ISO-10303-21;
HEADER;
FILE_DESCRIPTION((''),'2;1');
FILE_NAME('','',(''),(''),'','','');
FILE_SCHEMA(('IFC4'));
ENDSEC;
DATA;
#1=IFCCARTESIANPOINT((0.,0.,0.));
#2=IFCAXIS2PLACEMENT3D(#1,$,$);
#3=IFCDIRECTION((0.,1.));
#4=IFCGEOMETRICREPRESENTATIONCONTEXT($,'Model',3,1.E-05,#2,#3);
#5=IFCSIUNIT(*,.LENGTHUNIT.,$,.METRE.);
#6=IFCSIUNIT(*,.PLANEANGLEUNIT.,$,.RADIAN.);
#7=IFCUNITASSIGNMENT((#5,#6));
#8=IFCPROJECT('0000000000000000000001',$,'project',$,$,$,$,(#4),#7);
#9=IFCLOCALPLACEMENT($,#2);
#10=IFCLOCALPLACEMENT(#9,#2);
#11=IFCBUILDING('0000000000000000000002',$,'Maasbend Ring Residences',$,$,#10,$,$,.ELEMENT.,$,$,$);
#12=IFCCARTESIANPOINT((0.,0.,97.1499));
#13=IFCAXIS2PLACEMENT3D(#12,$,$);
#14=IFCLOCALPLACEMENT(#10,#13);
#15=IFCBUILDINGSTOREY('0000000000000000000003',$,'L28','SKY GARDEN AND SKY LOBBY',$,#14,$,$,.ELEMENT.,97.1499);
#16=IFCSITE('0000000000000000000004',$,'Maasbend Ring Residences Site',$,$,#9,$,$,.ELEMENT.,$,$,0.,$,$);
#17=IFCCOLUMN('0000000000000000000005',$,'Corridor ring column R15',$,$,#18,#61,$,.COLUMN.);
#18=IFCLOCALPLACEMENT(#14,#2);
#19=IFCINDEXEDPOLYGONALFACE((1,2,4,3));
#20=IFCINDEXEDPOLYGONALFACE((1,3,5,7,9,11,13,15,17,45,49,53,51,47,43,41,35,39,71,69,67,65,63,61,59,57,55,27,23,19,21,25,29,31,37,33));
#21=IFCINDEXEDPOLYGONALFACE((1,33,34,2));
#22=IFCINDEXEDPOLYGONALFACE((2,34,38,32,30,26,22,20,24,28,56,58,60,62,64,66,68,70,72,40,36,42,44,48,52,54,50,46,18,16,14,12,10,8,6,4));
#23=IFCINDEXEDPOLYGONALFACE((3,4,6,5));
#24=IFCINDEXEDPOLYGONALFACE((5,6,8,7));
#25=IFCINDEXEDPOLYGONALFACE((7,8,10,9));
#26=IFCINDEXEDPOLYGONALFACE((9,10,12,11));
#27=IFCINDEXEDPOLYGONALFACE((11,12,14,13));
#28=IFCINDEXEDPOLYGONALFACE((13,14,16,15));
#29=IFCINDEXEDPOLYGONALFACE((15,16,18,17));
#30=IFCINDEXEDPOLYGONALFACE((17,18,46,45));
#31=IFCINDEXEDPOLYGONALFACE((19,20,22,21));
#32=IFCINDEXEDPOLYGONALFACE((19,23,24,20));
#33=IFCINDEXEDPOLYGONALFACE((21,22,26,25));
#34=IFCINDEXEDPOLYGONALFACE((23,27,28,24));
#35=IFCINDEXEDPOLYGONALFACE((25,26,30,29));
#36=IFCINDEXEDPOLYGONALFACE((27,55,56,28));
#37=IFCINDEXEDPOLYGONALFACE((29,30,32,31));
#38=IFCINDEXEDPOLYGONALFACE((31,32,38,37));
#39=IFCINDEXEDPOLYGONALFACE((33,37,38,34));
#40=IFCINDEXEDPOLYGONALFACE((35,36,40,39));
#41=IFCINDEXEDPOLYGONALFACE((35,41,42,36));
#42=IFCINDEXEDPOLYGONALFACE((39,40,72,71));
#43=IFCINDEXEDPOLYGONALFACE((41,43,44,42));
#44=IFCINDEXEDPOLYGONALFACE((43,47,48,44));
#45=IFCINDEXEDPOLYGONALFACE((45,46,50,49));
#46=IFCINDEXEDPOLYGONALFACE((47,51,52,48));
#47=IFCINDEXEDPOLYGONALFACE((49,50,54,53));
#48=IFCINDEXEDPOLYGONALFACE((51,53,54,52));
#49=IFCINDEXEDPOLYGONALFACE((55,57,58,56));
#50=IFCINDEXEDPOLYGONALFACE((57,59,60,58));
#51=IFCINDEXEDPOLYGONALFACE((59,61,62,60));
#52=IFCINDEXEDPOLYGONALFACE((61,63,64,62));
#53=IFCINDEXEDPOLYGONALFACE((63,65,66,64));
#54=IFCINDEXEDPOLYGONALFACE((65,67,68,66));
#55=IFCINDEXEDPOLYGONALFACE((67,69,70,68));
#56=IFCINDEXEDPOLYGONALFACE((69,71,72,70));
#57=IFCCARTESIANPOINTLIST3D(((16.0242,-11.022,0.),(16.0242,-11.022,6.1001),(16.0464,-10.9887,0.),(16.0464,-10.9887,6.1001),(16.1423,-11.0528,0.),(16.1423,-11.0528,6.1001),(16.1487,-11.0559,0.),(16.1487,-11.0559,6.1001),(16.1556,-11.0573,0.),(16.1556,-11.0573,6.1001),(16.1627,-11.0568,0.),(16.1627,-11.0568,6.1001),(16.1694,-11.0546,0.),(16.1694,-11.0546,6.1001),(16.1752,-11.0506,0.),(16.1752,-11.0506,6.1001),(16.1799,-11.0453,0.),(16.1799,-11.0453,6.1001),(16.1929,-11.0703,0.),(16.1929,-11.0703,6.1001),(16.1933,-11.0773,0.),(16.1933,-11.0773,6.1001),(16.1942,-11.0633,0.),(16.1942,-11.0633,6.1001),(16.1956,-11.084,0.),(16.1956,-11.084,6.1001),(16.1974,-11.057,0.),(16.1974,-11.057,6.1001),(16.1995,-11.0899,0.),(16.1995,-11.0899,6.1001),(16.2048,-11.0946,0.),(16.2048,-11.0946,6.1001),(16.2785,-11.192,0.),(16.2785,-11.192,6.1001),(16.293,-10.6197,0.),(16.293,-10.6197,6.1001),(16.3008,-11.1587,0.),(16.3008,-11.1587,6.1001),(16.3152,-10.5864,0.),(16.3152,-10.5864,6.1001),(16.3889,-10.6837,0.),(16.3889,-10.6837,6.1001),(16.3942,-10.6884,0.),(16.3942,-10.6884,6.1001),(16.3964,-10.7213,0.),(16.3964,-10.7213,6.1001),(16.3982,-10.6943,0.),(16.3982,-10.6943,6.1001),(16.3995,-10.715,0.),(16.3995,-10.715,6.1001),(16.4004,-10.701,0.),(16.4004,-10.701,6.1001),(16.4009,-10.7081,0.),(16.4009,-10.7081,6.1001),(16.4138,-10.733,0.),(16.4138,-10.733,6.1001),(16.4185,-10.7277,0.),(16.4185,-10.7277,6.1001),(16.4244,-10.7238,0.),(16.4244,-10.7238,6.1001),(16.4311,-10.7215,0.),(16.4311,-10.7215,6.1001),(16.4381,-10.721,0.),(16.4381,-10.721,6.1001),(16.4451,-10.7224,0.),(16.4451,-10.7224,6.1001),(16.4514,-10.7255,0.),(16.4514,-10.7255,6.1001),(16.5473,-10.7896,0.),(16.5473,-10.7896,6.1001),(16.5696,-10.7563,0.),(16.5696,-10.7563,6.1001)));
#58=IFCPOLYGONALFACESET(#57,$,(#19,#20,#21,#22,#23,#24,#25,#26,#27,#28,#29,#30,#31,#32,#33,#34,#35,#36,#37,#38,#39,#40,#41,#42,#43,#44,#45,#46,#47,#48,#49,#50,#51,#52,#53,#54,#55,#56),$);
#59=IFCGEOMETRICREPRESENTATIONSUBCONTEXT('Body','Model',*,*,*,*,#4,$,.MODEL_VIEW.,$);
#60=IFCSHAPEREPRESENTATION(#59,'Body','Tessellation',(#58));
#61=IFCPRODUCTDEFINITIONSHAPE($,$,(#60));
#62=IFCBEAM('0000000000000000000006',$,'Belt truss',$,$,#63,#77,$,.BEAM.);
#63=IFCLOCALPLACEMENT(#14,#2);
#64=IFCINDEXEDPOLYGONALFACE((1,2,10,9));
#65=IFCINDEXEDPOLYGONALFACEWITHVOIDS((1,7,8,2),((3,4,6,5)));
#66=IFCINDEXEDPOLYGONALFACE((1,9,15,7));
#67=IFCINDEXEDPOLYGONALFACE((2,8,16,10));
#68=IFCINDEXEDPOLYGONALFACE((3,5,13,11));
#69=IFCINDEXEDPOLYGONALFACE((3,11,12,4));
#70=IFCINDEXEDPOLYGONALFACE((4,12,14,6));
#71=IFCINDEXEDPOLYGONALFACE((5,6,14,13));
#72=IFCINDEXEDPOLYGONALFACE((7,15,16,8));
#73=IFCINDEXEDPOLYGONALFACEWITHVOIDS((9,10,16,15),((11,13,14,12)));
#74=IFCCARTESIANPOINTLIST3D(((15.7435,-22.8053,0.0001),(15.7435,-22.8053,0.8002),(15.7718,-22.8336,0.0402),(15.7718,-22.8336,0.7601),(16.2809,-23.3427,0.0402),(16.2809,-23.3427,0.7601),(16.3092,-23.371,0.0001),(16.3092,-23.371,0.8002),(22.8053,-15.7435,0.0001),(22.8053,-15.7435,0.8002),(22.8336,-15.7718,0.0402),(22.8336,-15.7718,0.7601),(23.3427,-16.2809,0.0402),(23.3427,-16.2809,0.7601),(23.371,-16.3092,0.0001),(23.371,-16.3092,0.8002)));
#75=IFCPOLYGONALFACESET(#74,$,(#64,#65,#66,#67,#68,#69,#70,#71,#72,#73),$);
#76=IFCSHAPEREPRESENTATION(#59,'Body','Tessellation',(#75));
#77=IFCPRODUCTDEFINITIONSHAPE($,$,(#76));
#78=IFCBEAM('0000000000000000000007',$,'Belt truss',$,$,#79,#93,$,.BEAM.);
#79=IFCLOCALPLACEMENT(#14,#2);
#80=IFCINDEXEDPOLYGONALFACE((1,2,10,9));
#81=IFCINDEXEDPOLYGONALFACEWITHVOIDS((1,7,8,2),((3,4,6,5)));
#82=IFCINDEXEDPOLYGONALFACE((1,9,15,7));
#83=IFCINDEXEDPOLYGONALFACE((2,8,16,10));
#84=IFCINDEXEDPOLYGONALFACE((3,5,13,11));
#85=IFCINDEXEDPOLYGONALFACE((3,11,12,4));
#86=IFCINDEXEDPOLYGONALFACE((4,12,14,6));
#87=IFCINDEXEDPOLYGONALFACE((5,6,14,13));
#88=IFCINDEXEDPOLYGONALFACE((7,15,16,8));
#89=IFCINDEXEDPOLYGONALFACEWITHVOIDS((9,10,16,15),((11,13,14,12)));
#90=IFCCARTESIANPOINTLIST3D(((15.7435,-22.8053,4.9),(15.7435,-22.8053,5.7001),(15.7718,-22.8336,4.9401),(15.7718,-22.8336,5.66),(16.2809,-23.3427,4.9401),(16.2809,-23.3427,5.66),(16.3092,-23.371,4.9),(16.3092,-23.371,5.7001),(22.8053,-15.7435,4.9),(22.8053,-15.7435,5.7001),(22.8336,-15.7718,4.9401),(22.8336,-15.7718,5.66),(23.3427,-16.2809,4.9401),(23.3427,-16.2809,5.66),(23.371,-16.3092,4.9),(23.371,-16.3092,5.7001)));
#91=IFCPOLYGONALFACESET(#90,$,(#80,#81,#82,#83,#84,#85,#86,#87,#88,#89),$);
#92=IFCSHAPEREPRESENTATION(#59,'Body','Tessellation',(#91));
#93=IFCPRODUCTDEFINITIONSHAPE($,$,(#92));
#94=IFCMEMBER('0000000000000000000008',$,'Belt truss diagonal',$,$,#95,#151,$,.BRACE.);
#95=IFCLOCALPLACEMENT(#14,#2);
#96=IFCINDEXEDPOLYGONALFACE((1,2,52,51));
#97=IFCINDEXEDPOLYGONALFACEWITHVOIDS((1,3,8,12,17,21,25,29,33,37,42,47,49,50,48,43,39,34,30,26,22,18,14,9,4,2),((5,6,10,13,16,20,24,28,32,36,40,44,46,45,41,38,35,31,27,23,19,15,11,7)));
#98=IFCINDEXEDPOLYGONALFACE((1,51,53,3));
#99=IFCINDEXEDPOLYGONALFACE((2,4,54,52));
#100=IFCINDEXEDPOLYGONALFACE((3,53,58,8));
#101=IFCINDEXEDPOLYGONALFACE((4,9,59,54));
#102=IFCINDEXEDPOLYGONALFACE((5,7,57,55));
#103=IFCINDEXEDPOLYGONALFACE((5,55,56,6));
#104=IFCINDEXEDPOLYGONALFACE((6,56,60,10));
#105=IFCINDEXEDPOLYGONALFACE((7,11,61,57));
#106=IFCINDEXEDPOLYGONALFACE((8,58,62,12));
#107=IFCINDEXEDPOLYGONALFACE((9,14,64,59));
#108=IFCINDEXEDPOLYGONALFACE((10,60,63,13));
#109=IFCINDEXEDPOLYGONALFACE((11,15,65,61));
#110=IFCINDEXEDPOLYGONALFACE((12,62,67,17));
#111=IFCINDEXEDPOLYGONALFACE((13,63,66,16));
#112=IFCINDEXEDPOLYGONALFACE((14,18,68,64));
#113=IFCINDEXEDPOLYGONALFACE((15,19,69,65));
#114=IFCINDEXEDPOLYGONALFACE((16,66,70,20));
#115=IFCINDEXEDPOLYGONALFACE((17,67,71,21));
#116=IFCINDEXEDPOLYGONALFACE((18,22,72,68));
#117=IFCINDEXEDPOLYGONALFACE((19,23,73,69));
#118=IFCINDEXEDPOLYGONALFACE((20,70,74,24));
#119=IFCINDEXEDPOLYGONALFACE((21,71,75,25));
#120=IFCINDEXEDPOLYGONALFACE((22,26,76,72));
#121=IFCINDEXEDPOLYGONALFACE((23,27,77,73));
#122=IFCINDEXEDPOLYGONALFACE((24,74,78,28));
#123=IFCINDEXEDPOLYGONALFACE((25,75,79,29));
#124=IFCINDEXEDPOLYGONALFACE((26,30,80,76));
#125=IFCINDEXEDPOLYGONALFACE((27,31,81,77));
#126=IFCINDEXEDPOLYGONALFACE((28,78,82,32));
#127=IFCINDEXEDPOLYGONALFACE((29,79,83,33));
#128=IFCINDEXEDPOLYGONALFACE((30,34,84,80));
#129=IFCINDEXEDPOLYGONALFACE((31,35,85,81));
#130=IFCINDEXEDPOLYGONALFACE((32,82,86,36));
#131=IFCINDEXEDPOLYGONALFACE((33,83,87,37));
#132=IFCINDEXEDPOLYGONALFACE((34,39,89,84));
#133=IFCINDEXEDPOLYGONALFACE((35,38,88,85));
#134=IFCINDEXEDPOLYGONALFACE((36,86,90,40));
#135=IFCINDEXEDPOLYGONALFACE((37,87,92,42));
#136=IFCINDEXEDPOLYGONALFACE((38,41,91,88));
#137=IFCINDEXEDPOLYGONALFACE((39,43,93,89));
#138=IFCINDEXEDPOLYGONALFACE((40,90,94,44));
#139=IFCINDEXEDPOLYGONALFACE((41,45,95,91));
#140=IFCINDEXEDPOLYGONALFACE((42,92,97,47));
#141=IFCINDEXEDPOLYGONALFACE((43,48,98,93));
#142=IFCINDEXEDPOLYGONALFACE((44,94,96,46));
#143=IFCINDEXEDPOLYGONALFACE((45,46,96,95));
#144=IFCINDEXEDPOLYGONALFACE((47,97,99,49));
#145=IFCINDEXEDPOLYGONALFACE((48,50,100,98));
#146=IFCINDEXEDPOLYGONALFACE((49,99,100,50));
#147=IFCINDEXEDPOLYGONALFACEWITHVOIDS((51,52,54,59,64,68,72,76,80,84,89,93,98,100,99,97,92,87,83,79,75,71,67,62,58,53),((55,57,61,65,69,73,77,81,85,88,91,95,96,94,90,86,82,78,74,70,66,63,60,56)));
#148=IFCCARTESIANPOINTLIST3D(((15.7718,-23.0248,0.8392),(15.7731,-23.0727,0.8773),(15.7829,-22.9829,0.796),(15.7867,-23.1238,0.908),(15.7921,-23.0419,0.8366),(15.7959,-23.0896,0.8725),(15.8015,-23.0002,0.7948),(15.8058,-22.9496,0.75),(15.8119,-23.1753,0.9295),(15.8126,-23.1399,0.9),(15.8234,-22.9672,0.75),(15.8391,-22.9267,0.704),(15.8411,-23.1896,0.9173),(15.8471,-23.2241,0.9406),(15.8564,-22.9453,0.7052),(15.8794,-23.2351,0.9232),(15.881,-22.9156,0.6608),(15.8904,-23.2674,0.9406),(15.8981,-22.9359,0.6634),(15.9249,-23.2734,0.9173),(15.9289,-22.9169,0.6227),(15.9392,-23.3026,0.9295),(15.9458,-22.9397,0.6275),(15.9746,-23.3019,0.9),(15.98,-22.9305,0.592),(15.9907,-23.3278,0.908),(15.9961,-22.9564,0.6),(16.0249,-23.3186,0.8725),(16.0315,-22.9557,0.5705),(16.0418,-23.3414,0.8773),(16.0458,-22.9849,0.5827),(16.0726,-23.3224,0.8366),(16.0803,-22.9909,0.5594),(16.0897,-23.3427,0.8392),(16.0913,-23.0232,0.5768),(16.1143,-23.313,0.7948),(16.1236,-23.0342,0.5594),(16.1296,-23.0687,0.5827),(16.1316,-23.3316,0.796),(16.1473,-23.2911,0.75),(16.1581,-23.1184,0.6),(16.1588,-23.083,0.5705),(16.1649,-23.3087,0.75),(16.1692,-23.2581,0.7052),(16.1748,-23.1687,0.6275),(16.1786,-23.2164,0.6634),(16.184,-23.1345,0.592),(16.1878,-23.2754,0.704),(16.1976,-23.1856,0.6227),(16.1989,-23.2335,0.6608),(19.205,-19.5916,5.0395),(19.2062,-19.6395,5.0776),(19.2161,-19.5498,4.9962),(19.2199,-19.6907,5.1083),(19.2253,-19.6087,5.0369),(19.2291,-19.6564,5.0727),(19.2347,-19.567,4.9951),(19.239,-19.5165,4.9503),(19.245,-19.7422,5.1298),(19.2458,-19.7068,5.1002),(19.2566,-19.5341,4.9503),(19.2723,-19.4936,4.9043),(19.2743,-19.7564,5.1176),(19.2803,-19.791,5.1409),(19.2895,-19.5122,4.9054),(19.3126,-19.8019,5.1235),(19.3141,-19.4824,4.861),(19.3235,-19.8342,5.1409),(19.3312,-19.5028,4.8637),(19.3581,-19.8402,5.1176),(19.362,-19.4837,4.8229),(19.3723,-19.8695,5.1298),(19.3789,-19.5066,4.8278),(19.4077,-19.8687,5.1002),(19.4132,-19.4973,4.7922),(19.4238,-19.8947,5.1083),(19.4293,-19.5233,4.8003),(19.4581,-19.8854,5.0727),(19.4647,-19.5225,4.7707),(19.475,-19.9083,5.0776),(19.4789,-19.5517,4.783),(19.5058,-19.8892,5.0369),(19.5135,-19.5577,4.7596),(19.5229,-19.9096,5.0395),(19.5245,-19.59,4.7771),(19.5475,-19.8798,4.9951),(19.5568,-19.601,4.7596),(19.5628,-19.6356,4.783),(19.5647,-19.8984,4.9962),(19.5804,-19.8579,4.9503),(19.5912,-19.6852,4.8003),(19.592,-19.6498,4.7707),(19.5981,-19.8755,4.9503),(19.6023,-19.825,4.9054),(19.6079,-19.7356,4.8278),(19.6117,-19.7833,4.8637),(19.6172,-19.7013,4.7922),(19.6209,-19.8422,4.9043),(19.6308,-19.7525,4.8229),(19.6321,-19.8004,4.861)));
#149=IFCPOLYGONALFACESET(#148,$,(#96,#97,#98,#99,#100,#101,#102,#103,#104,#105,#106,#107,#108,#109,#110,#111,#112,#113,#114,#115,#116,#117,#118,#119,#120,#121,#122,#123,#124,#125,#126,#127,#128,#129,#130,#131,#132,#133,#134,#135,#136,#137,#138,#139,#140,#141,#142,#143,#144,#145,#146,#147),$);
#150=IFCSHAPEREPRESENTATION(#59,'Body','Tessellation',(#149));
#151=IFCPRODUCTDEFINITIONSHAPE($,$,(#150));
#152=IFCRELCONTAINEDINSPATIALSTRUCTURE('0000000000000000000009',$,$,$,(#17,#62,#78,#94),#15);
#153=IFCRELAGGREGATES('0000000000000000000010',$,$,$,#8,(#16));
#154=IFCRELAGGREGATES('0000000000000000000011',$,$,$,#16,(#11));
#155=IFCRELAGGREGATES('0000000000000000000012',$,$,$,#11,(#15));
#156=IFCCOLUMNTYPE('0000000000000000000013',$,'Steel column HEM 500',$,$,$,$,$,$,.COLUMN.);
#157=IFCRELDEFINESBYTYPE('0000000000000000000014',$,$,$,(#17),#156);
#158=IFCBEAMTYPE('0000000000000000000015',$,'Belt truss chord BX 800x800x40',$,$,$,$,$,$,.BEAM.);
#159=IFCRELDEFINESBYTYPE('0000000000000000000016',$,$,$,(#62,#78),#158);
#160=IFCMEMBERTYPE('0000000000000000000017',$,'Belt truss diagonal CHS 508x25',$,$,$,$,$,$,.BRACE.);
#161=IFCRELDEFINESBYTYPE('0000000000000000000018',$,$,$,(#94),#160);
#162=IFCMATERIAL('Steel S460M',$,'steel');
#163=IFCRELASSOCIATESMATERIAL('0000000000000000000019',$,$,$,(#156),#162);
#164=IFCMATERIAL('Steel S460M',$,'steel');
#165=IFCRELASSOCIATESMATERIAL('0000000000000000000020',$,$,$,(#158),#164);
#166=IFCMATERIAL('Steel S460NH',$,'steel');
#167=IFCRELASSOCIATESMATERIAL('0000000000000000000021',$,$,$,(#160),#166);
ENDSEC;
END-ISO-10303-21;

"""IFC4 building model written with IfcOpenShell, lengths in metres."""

from ifc_helpers import new_model, si_unit, direction, frame, origin, origin_2d, place, context, subcontext, project, spatial, hollow_rectangle, hollow_circle, i_section, extrude, material, material_profile, profile_set, type_object, element, save


model = new_model("IFC4")

# Units and contexts
model_context = context("Model", 3, precision=1e-05, world=origin(), true_north=direction((0.0, 1.0)))
body_context = subcontext(model_context, "Body", "Model", "MODEL_VIEW")
ifc_project = project(units=[si_unit("LENGTHUNIT", "METRE"), si_unit("PLANEANGLEUNIT", "RADIAN")], contexts=[model_context])

# Site, building, storey
site_placement = place(None, origin())
site = spatial("IfcSite", under=ifc_project, at=site_placement, Name="Maasbend Ring Residences Site", CompositionType="ELEMENT", RefElevation=0.0)
building_placement = place(site_placement, origin())
building = spatial("IfcBuilding", under=site, at=building_placement, Name="Maasbend Ring Residences", CompositionType="ELEMENT")
storey_placement = place(building_placement, frame((0.0, 0.0, 97.1499)))
storey = spatial("IfcBuildingStorey", under=building, at=storey_placement, Name="L28", Description="SKY GARDEN AND SKY LOBBY", CompositionType="ELEMENT", Elevation=97.1499)

# Column
ifc_material_1 = material(Name="Steel S460M", Category="steel")
ifc_material_profile_1 = material_profile(ifc_material_1, i_section(OverallWidth=0.3059, OverallDepth=0.5239, WebThickness=0.021, FlangeThickness=0.04, FilletRadius=0.0271, at=origin_2d()), Name="HEM 500")
ifc_profile_set_1 = profile_set([ifc_material_profile_1], Name="Steel S460M")
column_type_1 = type_object("IfcColumnType", Name="Steel column HEM 500", PredefinedType="COLUMN", material=ifc_profile_set_1)
column_placement = place(storey_placement, frame((16.2969, -10.8892, 0.0), z_axis=(0.0, 0.0, 1.0), x_axis=(0.83147, -0.55557, 0.0)))
element("IfcColumn", 1, at=column_placement, inside=storey, type_object=column_type_1, Name="Corridor ring column R15", PredefinedType="COLUMN", context=body_context, shape_type="SweptSolid", body=[
    extrude(i_section(OverallWidth=0.3059, OverallDepth=0.5239, WebThickness=0.021, FlangeThickness=0.04, FilletRadius=0.0271, at=origin_2d()), origin(), (0.0, 0.0, 1.0), 6.1001),
])

# Beams
ifc_material_2 = material(Name="Steel S460M", Category="steel")
ifc_material_profile_2 = material_profile(ifc_material_2, hollow_rectangle(XDim=0.8, YDim=0.8, WallThickness=0.04, at=origin_2d()), Name="Belt truss chord BX 800x800x40")
ifc_profile_set_2 = profile_set([ifc_material_profile_2], Name="Steel S460M")
beam_type_1 = type_object("IfcBeamType", Name="Belt truss chord BX 800x800x40", PredefinedType="BEAM", material=ifc_profile_set_2)
for number, where, z_axis, x_axis, name in (
    (2, (16.0264, -23.0881, 0.4001), (0.707107, 0.707107, 0.0), (-0.707107, 0.707107, 0.0), "Belt truss"),
    (3, (16.0264, -23.0881, 5.3), (0.707107, 0.707107, 0.0), (-0.707107, 0.707107, 0.0), "Belt truss"),
):
    element("IfcBeam", number, at=place(storey_placement, frame(where, z_axis=z_axis, x_axis=x_axis)), inside=storey, type_object=beam_type_1, Name=name, PredefinedType="BEAM", context=body_context, shape_type="SweptSolid", body=[
        extrude(hollow_rectangle(XDim=0.8, YDim=0.8, WallThickness=0.04, at=origin_2d()), origin(), (0.0, 0.0, 1.0), 9.9868),
    ])

# Member
ifc_material_3 = material(Name="Steel S460NH", Category="steel")
ifc_material_profile_3 = material_profile(ifc_material_3, hollow_circle(Radius=0.2539, WallThickness=0.0249, at=origin_2d()), Name="Belt truss diagonal CHS 508x25")
ifc_profile_set_3 = profile_set([ifc_material_profile_3], Name="Steel S460NH")
member_type_1 = type_object("IfcMemberType", Name="Belt truss diagonal CHS 508x25", PredefinedType="BRACE", material=ifc_profile_set_3)
for number, where, z_axis, x_axis, name in (
    (4, (15.9854, -23.1292, 0.75), (0.534767, 0.534767, 0.654255), (-0.707107, 0.707107, 0.0), "Belt truss diagonal"),
):
    element("IfcMember", number, at=place(storey_placement, frame(where, z_axis=z_axis, x_axis=x_axis)), inside=storey, type_object=member_type_1, Name=name, PredefinedType="BRACE", context=body_context, shape_type="SweptSolid", body=[
        extrude(hollow_circle(Radius=0.2539, WallThickness=0.0249, at=origin_2d()), origin(), (0.0, 0.0, 1.0), 6.4199),
    ])

save(model, "model.ifc")
